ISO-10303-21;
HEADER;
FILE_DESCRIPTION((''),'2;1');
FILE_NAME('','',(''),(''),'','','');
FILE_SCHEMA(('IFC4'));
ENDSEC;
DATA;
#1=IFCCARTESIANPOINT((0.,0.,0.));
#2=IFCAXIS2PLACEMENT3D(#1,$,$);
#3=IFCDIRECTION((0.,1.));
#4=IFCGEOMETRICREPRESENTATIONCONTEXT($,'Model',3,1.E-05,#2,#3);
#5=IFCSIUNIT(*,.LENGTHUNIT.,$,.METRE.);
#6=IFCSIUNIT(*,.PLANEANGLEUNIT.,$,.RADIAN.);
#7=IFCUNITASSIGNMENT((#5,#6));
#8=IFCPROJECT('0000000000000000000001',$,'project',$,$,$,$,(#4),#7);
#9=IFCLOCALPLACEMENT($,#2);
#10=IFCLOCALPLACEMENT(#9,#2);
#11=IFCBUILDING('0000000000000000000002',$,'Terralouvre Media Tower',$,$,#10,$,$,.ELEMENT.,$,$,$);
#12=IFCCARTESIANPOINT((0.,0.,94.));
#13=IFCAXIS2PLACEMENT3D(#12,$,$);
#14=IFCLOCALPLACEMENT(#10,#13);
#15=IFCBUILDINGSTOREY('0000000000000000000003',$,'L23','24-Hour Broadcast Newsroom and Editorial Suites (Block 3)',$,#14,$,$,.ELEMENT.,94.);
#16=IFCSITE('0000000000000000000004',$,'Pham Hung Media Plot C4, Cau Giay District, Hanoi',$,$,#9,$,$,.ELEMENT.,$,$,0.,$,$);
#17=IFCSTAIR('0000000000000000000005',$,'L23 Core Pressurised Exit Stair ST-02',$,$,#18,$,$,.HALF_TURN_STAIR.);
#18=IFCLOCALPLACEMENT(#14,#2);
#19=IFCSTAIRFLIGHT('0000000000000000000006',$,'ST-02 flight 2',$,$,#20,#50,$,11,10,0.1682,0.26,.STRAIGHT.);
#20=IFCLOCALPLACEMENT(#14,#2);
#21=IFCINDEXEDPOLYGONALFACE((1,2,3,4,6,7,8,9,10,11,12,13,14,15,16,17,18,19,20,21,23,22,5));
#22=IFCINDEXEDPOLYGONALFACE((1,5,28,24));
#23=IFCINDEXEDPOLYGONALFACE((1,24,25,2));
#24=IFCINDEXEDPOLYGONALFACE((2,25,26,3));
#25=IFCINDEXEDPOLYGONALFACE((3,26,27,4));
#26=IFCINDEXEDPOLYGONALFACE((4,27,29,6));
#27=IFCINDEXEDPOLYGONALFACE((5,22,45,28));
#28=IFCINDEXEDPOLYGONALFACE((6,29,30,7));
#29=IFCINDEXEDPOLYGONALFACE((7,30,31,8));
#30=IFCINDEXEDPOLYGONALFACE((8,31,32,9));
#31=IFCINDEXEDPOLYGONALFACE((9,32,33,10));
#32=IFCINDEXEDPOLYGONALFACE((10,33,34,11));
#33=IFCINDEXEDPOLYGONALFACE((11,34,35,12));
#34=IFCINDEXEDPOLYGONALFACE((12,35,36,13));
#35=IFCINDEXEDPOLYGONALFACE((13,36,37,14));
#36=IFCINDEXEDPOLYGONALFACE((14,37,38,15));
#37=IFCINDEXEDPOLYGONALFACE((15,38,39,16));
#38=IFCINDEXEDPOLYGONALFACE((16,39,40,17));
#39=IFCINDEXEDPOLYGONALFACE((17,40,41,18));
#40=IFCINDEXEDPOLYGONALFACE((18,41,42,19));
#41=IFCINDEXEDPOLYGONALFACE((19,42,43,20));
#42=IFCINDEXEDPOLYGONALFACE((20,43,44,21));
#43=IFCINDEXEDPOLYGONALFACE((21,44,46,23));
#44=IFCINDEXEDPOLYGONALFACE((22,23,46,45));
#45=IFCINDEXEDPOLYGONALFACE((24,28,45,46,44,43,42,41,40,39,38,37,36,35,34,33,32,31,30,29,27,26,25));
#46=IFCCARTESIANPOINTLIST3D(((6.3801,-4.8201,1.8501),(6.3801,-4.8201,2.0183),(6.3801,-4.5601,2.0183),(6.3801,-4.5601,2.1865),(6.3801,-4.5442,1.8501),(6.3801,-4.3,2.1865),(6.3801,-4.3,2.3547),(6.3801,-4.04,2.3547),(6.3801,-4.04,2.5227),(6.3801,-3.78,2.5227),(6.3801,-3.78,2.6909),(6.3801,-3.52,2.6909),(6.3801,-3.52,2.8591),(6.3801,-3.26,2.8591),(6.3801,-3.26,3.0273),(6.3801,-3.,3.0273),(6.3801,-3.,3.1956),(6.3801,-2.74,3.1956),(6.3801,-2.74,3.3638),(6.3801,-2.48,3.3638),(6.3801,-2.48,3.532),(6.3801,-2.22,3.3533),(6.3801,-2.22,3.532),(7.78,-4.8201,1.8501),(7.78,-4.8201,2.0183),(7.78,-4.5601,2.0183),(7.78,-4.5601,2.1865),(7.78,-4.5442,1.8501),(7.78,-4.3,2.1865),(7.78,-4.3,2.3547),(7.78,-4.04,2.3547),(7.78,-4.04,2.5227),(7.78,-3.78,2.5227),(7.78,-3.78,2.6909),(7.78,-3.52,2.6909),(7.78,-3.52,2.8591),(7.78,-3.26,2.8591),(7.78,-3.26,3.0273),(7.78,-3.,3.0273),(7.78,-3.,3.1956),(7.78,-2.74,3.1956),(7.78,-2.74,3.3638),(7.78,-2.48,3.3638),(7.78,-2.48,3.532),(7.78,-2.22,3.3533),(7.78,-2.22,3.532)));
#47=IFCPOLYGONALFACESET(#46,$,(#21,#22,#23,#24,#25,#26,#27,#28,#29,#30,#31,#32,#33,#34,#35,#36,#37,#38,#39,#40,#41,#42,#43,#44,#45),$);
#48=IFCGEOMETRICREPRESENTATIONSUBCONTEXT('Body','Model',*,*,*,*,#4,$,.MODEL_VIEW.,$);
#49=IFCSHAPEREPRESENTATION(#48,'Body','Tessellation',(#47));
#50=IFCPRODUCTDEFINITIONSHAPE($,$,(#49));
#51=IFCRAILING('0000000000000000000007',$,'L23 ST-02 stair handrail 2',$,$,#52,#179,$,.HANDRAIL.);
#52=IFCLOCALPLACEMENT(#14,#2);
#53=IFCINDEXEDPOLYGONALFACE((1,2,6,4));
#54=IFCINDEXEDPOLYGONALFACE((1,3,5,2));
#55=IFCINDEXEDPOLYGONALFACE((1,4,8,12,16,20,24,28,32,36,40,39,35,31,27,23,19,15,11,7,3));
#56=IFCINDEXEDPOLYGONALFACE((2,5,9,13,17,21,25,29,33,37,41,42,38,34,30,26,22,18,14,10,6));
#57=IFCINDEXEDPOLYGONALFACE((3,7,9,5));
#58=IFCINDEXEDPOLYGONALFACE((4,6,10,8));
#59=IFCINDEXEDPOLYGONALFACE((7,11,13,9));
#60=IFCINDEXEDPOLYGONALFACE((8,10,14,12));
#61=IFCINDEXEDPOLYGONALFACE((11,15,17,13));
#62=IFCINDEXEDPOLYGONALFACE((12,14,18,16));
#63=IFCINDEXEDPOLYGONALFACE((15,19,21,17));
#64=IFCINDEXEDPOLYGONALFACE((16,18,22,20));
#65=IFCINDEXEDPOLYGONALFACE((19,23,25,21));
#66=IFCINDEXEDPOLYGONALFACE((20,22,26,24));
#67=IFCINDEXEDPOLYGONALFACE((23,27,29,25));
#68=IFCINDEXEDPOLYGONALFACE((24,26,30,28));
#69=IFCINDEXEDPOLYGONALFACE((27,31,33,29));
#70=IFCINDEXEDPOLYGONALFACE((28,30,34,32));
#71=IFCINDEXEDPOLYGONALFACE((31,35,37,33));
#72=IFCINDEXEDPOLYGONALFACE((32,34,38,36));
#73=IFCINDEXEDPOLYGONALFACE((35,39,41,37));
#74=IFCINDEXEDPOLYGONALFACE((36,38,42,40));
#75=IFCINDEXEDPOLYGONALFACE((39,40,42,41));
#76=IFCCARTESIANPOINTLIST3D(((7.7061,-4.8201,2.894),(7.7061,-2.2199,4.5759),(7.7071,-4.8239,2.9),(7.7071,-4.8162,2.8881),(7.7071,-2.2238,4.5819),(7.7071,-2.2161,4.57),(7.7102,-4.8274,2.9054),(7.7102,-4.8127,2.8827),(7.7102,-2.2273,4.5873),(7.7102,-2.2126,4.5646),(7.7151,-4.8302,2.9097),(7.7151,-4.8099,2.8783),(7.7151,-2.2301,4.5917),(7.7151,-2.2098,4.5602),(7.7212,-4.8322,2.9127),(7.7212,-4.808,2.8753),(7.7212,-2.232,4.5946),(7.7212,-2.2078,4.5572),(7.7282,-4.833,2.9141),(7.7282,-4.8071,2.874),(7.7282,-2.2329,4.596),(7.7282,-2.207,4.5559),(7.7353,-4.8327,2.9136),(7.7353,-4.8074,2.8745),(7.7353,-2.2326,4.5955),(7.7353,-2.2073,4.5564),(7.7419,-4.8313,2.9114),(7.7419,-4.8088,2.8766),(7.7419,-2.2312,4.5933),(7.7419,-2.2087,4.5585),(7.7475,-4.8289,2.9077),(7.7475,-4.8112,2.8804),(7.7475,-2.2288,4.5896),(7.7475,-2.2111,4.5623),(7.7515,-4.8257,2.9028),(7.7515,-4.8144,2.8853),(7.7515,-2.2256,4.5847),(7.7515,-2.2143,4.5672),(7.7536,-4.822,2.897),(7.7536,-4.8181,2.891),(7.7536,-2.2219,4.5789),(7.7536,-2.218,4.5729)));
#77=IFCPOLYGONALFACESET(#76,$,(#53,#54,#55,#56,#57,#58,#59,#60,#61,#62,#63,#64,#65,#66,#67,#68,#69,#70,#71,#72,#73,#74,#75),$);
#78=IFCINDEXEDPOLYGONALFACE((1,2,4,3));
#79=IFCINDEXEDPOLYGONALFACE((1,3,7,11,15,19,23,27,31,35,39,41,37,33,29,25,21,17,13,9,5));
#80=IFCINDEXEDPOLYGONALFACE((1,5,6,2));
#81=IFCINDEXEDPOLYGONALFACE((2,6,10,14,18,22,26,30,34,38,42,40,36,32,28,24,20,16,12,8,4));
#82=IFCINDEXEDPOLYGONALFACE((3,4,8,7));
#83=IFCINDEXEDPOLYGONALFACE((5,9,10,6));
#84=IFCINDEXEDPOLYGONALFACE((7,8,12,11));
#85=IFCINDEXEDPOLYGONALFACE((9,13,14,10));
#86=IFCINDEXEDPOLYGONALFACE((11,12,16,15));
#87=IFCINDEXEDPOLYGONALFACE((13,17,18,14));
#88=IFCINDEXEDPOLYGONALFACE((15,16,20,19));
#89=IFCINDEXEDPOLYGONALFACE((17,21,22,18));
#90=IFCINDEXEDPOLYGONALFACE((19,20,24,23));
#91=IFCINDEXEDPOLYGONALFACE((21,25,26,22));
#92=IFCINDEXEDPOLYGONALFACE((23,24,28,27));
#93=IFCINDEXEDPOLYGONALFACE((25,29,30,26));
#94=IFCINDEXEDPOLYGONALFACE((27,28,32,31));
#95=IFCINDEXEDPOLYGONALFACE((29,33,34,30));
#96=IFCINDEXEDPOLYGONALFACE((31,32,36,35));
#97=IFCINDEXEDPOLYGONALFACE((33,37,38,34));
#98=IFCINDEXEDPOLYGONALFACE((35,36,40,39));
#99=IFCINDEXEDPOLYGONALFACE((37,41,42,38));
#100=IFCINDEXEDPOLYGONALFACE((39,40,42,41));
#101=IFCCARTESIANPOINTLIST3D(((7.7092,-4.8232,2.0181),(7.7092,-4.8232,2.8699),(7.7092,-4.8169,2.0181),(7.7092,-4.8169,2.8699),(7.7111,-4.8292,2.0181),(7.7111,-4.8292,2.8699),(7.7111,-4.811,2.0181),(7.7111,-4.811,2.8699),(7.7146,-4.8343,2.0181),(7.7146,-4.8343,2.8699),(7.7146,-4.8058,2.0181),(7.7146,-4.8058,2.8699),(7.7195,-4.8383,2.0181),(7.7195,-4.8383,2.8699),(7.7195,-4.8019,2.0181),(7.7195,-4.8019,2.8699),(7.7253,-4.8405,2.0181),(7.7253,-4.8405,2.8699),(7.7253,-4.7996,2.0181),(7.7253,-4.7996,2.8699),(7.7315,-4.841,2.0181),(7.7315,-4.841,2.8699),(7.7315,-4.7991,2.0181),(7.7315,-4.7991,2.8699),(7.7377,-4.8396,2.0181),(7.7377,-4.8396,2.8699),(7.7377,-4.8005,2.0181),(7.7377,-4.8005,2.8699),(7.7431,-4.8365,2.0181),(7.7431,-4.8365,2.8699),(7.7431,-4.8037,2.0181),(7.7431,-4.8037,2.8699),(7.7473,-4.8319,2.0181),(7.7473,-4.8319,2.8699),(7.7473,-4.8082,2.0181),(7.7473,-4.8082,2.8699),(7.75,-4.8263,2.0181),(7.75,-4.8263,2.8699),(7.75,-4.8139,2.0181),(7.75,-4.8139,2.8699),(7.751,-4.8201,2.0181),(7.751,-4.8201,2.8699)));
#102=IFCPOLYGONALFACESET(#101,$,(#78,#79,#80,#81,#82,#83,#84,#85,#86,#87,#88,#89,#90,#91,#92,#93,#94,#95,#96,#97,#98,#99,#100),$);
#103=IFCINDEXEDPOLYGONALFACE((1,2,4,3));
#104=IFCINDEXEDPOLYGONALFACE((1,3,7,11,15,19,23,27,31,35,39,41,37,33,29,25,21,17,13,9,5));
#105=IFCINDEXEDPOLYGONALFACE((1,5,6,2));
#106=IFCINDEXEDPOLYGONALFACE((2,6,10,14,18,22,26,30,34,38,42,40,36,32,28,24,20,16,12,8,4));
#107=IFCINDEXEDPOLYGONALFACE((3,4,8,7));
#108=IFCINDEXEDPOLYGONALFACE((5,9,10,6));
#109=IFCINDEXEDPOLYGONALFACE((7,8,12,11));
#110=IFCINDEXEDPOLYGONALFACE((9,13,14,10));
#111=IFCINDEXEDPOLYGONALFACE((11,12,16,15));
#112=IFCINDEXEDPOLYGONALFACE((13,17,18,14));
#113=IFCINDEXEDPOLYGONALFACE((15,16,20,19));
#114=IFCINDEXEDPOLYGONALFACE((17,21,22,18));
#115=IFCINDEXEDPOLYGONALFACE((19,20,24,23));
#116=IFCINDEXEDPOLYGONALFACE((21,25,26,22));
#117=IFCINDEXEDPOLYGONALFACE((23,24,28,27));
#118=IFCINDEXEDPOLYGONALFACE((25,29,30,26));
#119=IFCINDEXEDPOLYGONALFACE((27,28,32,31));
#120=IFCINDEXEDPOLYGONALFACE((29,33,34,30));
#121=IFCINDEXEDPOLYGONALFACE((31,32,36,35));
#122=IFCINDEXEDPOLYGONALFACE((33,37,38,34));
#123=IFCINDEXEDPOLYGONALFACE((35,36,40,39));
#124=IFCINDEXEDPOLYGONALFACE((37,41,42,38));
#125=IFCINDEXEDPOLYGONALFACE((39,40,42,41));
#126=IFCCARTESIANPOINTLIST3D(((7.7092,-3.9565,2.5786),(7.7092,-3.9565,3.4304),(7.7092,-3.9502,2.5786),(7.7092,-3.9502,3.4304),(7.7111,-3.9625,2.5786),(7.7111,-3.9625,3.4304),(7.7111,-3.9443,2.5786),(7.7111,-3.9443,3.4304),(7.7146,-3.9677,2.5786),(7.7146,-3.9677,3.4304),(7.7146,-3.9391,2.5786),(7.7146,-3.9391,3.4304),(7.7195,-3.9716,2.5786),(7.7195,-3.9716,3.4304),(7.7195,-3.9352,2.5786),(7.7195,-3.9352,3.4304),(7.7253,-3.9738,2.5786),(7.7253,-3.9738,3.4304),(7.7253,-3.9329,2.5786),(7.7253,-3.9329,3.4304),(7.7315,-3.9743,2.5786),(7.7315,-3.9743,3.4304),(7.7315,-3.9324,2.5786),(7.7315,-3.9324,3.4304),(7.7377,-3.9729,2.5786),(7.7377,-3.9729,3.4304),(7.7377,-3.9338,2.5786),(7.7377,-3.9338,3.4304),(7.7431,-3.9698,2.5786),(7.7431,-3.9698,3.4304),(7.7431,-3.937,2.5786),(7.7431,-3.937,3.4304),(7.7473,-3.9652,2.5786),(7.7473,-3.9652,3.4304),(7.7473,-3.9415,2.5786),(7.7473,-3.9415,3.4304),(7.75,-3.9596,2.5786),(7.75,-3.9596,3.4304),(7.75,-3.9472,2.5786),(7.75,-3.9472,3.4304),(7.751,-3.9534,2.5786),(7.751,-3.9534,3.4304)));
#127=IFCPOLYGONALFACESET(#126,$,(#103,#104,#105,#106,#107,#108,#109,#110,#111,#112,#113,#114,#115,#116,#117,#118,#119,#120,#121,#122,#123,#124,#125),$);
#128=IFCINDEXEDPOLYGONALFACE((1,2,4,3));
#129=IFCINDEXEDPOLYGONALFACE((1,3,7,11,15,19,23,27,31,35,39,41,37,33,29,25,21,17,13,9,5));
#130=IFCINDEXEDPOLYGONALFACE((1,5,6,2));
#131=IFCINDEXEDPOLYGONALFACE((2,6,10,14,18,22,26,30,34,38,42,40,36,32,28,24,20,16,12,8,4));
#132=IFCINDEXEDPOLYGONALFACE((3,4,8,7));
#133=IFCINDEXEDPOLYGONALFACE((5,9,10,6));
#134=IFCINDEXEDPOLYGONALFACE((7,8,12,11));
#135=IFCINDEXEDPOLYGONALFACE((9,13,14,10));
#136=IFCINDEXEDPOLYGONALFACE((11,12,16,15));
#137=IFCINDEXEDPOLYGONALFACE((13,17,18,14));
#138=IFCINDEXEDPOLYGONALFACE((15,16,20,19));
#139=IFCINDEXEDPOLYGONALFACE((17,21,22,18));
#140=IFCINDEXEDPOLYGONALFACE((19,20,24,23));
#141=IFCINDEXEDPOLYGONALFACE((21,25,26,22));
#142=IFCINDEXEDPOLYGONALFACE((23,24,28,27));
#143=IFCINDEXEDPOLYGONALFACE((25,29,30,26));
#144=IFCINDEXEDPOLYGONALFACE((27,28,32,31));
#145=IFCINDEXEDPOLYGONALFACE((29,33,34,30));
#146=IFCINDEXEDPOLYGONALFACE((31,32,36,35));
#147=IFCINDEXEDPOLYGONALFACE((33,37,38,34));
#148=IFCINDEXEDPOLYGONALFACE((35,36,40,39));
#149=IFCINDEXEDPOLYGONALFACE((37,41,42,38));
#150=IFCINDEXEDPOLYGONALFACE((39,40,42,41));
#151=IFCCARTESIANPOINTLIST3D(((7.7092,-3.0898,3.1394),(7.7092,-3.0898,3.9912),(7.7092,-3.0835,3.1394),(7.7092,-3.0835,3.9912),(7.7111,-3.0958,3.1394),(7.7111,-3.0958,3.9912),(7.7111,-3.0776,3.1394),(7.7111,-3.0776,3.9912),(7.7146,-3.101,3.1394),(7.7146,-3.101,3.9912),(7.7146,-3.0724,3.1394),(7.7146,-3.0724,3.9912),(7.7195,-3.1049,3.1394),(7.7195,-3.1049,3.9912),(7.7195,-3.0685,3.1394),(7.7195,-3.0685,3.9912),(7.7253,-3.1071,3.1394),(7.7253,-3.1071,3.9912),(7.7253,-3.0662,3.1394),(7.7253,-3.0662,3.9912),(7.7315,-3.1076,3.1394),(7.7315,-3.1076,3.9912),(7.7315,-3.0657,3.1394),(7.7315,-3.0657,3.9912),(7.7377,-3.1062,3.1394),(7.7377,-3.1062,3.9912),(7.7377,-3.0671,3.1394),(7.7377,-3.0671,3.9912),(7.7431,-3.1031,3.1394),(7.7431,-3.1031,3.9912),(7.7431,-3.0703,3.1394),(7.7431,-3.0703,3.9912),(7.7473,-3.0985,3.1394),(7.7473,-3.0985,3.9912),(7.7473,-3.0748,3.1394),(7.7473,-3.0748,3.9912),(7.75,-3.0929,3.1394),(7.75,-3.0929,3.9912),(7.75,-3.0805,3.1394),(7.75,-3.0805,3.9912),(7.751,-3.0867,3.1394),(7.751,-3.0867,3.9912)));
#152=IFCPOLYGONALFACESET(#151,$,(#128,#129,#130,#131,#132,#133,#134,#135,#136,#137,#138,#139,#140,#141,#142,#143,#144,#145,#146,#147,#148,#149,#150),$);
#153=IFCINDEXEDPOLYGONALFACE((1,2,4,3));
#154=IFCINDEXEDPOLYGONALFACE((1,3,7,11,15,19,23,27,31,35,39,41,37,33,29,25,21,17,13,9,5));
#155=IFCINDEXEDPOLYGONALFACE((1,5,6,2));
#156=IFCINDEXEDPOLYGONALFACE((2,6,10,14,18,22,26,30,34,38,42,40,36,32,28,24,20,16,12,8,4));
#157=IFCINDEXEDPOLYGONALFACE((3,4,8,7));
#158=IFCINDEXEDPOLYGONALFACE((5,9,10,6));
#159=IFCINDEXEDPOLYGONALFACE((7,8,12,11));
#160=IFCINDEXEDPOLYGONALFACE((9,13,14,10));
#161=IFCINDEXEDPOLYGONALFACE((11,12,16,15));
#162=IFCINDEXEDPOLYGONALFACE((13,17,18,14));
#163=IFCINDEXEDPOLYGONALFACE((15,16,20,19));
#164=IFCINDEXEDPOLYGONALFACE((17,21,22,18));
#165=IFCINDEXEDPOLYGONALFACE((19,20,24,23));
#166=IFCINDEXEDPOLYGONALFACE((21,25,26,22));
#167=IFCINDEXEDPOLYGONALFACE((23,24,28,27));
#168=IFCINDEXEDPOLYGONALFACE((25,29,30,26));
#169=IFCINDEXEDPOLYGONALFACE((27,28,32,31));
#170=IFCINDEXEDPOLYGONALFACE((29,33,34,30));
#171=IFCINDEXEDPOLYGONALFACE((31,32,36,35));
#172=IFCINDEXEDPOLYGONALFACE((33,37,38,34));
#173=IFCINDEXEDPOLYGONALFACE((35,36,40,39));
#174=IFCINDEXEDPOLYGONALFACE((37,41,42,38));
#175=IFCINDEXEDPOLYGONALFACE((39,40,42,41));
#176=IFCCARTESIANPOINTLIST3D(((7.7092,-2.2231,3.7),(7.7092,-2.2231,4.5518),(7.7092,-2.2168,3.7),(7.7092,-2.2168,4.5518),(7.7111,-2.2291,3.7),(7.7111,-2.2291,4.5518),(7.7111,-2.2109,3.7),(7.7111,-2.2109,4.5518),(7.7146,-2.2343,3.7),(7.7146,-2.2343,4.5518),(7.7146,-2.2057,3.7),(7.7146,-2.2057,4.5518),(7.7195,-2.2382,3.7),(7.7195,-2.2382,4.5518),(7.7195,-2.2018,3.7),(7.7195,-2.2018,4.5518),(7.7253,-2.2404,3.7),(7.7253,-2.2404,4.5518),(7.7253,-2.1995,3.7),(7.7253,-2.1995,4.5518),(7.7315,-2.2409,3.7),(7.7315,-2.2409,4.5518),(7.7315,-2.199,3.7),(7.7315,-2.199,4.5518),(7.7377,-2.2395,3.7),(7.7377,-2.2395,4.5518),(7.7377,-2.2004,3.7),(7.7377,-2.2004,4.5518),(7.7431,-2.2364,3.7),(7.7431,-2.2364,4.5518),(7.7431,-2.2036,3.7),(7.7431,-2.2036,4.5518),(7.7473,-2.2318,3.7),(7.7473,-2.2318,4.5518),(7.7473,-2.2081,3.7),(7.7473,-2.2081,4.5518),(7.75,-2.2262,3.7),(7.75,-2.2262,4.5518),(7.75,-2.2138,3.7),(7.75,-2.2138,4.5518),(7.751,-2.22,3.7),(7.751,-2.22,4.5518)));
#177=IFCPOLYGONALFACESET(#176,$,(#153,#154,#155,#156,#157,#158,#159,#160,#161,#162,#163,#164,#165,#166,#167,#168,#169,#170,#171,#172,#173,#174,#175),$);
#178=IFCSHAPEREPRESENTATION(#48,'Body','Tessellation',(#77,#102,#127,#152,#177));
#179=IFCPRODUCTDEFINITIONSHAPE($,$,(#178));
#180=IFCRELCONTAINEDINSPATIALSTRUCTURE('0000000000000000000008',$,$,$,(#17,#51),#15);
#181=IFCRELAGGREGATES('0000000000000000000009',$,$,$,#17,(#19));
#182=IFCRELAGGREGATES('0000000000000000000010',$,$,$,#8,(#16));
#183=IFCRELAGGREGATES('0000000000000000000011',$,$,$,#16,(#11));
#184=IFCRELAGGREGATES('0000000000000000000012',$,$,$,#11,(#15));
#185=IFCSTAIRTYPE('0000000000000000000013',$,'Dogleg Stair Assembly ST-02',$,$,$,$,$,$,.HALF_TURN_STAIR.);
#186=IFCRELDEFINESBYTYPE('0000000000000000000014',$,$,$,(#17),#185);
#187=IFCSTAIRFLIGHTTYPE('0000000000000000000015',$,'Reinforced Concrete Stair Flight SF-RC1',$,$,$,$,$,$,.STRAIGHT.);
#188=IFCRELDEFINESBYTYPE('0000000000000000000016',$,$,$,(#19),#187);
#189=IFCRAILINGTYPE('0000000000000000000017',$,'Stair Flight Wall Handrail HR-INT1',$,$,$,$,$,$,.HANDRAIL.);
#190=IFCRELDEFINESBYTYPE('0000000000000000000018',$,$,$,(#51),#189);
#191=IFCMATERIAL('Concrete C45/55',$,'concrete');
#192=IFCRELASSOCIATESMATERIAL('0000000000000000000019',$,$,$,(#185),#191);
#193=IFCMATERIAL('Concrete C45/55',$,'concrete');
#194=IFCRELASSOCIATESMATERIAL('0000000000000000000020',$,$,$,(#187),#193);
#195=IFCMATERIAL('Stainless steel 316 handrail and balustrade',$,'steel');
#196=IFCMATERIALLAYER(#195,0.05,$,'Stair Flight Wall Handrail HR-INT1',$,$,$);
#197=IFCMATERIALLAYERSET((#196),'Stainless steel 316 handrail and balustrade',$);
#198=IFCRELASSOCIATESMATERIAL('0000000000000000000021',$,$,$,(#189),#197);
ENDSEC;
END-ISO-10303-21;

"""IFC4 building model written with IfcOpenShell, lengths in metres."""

from ifc_helpers import new_model, si_unit, direction, frame, origin, origin_2d, place, context, subcontext, project, spatial, polyline, circle, outline, extrude, material, layer, layer_set, type_object, element, aggregate, save


model = new_model("IFC4")

# Units and contexts
model_context = context("Model", 3, precision=1e-05, world=origin(), true_north=direction((0.0, 1.0)))
body_context = subcontext(model_context, "Body", "Model", "MODEL_VIEW")
ifc_project = project(units=[si_unit("LENGTHUNIT", "METRE"), si_unit("PLANEANGLEUNIT", "RADIAN")], contexts=[model_context])

# Site, building, storey
site_placement = place(None, origin())
site = spatial("IfcSite", under=ifc_project, at=site_placement, Name="Pham Hung Media Plot C4, Cau Giay District, Hanoi", CompositionType="ELEMENT", RefElevation=0.0)
building_placement = place(site_placement, origin())
building = spatial("IfcBuilding", under=site, at=building_placement, Name="Terralouvre Media Tower", CompositionType="ELEMENT")
storey_placement = place(building_placement, frame((0.0, 0.0, 94.0)))
storey = spatial("IfcBuildingStorey", under=building, at=storey_placement, Name="L23", Description="24-Hour Broadcast Newsroom and Editorial Suites (Block 3)", CompositionType="ELEMENT", Elevation=94.0)

# Stair, stair flight
ifc_material_1 = material(Name="Concrete C45/55", Category="concrete")
stair_type = type_object("IfcStairType", Name="Dogleg Stair Assembly ST-02", PredefinedType="HALF_TURN_STAIR", material=ifc_material_1)
stair_placement = place(storey_placement, origin())
stair = element("IfcStair", 1, at=stair_placement, inside=storey, type_object=stair_type, Name="L23 Core Pressurised Exit Stair ST-02", PredefinedType="HALF_TURN_STAIR")
ifc_material_2 = material(Name="Concrete C45/55", Category="concrete")
stair_flight_type = type_object("IfcStairFlightType", Name="Reinforced Concrete Stair Flight SF-RC1", PredefinedType="STRAIGHT", material=ifc_material_2)
stair_flight_placement = place(storey_placement, frame((7.0801, -4.8201, 1.8501), z_axis=(0.0, 0.0, 1.0), x_axis=(0.0, 1.0, 0.0)))
stair_flight = element("IfcStairFlight", 2, at=stair_flight_placement, type_object=stair_flight_type, Name="ST-02 flight 2", NumberOfRisers=11, NumberOfTreads=10, PredefinedType="STRAIGHT", RiserHeight=0.1682, TreadLength=0.26, context=body_context, shape_type="SweptSolid", body=[
    extrude(outline(polyline([(0.0, 0.0), (0.0, 0.1682), (0.26, 0.1682), (0.26, 0.3364), (0.52, 0.3364), (0.52, 0.5046), (0.78, 0.5046), (0.78, 0.6726), (1.04, 0.6726), (1.04, 0.8408), (1.3, 0.8408), (1.3, 1.009), (1.5601, 1.009), (1.5601, 1.1772), (1.8201, 1.1772), (1.8201, 1.3455), (2.0801, 1.3455), (2.0801, 1.5137), (2.3401, 1.5137), (2.3401, 1.6819), (2.6001, 1.6819), (2.6001, 1.8501), (2.6001, 1.5032), (0.2759, 0.0), (0.0, 0.0)])), frame((0.0, 0.7, 0.0), z_axis=(0.0, -1.0, 0.0), x_axis=(1.0, 0.0, 0.0)), (0.0, 0.0, 1.0), 1.3999),
])
aggregate(stair, [stair_flight])

# Railing
ifc_material_3 = material(Name="Stainless steel 316 handrail and balustrade", Category="steel")
ifc_layer_1 = layer(ifc_material_3, 0.05, Name="Stair Flight Wall Handrail HR-INT1")
ifc_layer_set_1 = layer_set([ifc_layer_1], Name="Stainless steel 316 handrail and balustrade")
railing_type_1 = type_object("IfcRailingType", Name="Stair Flight Wall Handrail HR-INT1", PredefinedType="HANDRAIL", material=ifc_layer_set_1)
railing_1_placement = place(storey_placement, frame((7.73, -4.8201, 2.0181)))
element("IfcRailing", 3, at=railing_1_placement, inside=storey, type_object=railing_type_1, Name="L23 ST-02 stair handrail 2", PredefinedType="HANDRAIL", context=body_context, shape_type="SweptSolid", body=[
    extrude(circle(Radius=0.0239, at=origin_2d()), frame((0.0, 0.0, 0.876), z_axis=(0.0, 0.839648, 0.54313), x_axis=(-1.0, 0.0, 0.0)), (0.0, 0.0, 1.0), 3.0967),
    extrude(circle(Radius=0.021, at=origin_2d()), origin(), (0.0, 0.0, 1.0), 0.8518),
    extrude(circle(Radius=0.021, at=origin_2d()), frame((0.0, 0.8667, 0.5605)), (0.0, 0.0, 1.0), 0.8518),
    extrude(circle(Radius=0.021, at=origin_2d()), frame((0.0, 1.7334, 1.1213)), (0.0, 0.0, 1.0), 0.8518),
    extrude(circle(Radius=0.021, at=origin_2d()), frame((0.0, 2.6001, 1.6819)), (0.0, 0.0, 1.0), 0.8518),
])

save(model, "model.ifc")
